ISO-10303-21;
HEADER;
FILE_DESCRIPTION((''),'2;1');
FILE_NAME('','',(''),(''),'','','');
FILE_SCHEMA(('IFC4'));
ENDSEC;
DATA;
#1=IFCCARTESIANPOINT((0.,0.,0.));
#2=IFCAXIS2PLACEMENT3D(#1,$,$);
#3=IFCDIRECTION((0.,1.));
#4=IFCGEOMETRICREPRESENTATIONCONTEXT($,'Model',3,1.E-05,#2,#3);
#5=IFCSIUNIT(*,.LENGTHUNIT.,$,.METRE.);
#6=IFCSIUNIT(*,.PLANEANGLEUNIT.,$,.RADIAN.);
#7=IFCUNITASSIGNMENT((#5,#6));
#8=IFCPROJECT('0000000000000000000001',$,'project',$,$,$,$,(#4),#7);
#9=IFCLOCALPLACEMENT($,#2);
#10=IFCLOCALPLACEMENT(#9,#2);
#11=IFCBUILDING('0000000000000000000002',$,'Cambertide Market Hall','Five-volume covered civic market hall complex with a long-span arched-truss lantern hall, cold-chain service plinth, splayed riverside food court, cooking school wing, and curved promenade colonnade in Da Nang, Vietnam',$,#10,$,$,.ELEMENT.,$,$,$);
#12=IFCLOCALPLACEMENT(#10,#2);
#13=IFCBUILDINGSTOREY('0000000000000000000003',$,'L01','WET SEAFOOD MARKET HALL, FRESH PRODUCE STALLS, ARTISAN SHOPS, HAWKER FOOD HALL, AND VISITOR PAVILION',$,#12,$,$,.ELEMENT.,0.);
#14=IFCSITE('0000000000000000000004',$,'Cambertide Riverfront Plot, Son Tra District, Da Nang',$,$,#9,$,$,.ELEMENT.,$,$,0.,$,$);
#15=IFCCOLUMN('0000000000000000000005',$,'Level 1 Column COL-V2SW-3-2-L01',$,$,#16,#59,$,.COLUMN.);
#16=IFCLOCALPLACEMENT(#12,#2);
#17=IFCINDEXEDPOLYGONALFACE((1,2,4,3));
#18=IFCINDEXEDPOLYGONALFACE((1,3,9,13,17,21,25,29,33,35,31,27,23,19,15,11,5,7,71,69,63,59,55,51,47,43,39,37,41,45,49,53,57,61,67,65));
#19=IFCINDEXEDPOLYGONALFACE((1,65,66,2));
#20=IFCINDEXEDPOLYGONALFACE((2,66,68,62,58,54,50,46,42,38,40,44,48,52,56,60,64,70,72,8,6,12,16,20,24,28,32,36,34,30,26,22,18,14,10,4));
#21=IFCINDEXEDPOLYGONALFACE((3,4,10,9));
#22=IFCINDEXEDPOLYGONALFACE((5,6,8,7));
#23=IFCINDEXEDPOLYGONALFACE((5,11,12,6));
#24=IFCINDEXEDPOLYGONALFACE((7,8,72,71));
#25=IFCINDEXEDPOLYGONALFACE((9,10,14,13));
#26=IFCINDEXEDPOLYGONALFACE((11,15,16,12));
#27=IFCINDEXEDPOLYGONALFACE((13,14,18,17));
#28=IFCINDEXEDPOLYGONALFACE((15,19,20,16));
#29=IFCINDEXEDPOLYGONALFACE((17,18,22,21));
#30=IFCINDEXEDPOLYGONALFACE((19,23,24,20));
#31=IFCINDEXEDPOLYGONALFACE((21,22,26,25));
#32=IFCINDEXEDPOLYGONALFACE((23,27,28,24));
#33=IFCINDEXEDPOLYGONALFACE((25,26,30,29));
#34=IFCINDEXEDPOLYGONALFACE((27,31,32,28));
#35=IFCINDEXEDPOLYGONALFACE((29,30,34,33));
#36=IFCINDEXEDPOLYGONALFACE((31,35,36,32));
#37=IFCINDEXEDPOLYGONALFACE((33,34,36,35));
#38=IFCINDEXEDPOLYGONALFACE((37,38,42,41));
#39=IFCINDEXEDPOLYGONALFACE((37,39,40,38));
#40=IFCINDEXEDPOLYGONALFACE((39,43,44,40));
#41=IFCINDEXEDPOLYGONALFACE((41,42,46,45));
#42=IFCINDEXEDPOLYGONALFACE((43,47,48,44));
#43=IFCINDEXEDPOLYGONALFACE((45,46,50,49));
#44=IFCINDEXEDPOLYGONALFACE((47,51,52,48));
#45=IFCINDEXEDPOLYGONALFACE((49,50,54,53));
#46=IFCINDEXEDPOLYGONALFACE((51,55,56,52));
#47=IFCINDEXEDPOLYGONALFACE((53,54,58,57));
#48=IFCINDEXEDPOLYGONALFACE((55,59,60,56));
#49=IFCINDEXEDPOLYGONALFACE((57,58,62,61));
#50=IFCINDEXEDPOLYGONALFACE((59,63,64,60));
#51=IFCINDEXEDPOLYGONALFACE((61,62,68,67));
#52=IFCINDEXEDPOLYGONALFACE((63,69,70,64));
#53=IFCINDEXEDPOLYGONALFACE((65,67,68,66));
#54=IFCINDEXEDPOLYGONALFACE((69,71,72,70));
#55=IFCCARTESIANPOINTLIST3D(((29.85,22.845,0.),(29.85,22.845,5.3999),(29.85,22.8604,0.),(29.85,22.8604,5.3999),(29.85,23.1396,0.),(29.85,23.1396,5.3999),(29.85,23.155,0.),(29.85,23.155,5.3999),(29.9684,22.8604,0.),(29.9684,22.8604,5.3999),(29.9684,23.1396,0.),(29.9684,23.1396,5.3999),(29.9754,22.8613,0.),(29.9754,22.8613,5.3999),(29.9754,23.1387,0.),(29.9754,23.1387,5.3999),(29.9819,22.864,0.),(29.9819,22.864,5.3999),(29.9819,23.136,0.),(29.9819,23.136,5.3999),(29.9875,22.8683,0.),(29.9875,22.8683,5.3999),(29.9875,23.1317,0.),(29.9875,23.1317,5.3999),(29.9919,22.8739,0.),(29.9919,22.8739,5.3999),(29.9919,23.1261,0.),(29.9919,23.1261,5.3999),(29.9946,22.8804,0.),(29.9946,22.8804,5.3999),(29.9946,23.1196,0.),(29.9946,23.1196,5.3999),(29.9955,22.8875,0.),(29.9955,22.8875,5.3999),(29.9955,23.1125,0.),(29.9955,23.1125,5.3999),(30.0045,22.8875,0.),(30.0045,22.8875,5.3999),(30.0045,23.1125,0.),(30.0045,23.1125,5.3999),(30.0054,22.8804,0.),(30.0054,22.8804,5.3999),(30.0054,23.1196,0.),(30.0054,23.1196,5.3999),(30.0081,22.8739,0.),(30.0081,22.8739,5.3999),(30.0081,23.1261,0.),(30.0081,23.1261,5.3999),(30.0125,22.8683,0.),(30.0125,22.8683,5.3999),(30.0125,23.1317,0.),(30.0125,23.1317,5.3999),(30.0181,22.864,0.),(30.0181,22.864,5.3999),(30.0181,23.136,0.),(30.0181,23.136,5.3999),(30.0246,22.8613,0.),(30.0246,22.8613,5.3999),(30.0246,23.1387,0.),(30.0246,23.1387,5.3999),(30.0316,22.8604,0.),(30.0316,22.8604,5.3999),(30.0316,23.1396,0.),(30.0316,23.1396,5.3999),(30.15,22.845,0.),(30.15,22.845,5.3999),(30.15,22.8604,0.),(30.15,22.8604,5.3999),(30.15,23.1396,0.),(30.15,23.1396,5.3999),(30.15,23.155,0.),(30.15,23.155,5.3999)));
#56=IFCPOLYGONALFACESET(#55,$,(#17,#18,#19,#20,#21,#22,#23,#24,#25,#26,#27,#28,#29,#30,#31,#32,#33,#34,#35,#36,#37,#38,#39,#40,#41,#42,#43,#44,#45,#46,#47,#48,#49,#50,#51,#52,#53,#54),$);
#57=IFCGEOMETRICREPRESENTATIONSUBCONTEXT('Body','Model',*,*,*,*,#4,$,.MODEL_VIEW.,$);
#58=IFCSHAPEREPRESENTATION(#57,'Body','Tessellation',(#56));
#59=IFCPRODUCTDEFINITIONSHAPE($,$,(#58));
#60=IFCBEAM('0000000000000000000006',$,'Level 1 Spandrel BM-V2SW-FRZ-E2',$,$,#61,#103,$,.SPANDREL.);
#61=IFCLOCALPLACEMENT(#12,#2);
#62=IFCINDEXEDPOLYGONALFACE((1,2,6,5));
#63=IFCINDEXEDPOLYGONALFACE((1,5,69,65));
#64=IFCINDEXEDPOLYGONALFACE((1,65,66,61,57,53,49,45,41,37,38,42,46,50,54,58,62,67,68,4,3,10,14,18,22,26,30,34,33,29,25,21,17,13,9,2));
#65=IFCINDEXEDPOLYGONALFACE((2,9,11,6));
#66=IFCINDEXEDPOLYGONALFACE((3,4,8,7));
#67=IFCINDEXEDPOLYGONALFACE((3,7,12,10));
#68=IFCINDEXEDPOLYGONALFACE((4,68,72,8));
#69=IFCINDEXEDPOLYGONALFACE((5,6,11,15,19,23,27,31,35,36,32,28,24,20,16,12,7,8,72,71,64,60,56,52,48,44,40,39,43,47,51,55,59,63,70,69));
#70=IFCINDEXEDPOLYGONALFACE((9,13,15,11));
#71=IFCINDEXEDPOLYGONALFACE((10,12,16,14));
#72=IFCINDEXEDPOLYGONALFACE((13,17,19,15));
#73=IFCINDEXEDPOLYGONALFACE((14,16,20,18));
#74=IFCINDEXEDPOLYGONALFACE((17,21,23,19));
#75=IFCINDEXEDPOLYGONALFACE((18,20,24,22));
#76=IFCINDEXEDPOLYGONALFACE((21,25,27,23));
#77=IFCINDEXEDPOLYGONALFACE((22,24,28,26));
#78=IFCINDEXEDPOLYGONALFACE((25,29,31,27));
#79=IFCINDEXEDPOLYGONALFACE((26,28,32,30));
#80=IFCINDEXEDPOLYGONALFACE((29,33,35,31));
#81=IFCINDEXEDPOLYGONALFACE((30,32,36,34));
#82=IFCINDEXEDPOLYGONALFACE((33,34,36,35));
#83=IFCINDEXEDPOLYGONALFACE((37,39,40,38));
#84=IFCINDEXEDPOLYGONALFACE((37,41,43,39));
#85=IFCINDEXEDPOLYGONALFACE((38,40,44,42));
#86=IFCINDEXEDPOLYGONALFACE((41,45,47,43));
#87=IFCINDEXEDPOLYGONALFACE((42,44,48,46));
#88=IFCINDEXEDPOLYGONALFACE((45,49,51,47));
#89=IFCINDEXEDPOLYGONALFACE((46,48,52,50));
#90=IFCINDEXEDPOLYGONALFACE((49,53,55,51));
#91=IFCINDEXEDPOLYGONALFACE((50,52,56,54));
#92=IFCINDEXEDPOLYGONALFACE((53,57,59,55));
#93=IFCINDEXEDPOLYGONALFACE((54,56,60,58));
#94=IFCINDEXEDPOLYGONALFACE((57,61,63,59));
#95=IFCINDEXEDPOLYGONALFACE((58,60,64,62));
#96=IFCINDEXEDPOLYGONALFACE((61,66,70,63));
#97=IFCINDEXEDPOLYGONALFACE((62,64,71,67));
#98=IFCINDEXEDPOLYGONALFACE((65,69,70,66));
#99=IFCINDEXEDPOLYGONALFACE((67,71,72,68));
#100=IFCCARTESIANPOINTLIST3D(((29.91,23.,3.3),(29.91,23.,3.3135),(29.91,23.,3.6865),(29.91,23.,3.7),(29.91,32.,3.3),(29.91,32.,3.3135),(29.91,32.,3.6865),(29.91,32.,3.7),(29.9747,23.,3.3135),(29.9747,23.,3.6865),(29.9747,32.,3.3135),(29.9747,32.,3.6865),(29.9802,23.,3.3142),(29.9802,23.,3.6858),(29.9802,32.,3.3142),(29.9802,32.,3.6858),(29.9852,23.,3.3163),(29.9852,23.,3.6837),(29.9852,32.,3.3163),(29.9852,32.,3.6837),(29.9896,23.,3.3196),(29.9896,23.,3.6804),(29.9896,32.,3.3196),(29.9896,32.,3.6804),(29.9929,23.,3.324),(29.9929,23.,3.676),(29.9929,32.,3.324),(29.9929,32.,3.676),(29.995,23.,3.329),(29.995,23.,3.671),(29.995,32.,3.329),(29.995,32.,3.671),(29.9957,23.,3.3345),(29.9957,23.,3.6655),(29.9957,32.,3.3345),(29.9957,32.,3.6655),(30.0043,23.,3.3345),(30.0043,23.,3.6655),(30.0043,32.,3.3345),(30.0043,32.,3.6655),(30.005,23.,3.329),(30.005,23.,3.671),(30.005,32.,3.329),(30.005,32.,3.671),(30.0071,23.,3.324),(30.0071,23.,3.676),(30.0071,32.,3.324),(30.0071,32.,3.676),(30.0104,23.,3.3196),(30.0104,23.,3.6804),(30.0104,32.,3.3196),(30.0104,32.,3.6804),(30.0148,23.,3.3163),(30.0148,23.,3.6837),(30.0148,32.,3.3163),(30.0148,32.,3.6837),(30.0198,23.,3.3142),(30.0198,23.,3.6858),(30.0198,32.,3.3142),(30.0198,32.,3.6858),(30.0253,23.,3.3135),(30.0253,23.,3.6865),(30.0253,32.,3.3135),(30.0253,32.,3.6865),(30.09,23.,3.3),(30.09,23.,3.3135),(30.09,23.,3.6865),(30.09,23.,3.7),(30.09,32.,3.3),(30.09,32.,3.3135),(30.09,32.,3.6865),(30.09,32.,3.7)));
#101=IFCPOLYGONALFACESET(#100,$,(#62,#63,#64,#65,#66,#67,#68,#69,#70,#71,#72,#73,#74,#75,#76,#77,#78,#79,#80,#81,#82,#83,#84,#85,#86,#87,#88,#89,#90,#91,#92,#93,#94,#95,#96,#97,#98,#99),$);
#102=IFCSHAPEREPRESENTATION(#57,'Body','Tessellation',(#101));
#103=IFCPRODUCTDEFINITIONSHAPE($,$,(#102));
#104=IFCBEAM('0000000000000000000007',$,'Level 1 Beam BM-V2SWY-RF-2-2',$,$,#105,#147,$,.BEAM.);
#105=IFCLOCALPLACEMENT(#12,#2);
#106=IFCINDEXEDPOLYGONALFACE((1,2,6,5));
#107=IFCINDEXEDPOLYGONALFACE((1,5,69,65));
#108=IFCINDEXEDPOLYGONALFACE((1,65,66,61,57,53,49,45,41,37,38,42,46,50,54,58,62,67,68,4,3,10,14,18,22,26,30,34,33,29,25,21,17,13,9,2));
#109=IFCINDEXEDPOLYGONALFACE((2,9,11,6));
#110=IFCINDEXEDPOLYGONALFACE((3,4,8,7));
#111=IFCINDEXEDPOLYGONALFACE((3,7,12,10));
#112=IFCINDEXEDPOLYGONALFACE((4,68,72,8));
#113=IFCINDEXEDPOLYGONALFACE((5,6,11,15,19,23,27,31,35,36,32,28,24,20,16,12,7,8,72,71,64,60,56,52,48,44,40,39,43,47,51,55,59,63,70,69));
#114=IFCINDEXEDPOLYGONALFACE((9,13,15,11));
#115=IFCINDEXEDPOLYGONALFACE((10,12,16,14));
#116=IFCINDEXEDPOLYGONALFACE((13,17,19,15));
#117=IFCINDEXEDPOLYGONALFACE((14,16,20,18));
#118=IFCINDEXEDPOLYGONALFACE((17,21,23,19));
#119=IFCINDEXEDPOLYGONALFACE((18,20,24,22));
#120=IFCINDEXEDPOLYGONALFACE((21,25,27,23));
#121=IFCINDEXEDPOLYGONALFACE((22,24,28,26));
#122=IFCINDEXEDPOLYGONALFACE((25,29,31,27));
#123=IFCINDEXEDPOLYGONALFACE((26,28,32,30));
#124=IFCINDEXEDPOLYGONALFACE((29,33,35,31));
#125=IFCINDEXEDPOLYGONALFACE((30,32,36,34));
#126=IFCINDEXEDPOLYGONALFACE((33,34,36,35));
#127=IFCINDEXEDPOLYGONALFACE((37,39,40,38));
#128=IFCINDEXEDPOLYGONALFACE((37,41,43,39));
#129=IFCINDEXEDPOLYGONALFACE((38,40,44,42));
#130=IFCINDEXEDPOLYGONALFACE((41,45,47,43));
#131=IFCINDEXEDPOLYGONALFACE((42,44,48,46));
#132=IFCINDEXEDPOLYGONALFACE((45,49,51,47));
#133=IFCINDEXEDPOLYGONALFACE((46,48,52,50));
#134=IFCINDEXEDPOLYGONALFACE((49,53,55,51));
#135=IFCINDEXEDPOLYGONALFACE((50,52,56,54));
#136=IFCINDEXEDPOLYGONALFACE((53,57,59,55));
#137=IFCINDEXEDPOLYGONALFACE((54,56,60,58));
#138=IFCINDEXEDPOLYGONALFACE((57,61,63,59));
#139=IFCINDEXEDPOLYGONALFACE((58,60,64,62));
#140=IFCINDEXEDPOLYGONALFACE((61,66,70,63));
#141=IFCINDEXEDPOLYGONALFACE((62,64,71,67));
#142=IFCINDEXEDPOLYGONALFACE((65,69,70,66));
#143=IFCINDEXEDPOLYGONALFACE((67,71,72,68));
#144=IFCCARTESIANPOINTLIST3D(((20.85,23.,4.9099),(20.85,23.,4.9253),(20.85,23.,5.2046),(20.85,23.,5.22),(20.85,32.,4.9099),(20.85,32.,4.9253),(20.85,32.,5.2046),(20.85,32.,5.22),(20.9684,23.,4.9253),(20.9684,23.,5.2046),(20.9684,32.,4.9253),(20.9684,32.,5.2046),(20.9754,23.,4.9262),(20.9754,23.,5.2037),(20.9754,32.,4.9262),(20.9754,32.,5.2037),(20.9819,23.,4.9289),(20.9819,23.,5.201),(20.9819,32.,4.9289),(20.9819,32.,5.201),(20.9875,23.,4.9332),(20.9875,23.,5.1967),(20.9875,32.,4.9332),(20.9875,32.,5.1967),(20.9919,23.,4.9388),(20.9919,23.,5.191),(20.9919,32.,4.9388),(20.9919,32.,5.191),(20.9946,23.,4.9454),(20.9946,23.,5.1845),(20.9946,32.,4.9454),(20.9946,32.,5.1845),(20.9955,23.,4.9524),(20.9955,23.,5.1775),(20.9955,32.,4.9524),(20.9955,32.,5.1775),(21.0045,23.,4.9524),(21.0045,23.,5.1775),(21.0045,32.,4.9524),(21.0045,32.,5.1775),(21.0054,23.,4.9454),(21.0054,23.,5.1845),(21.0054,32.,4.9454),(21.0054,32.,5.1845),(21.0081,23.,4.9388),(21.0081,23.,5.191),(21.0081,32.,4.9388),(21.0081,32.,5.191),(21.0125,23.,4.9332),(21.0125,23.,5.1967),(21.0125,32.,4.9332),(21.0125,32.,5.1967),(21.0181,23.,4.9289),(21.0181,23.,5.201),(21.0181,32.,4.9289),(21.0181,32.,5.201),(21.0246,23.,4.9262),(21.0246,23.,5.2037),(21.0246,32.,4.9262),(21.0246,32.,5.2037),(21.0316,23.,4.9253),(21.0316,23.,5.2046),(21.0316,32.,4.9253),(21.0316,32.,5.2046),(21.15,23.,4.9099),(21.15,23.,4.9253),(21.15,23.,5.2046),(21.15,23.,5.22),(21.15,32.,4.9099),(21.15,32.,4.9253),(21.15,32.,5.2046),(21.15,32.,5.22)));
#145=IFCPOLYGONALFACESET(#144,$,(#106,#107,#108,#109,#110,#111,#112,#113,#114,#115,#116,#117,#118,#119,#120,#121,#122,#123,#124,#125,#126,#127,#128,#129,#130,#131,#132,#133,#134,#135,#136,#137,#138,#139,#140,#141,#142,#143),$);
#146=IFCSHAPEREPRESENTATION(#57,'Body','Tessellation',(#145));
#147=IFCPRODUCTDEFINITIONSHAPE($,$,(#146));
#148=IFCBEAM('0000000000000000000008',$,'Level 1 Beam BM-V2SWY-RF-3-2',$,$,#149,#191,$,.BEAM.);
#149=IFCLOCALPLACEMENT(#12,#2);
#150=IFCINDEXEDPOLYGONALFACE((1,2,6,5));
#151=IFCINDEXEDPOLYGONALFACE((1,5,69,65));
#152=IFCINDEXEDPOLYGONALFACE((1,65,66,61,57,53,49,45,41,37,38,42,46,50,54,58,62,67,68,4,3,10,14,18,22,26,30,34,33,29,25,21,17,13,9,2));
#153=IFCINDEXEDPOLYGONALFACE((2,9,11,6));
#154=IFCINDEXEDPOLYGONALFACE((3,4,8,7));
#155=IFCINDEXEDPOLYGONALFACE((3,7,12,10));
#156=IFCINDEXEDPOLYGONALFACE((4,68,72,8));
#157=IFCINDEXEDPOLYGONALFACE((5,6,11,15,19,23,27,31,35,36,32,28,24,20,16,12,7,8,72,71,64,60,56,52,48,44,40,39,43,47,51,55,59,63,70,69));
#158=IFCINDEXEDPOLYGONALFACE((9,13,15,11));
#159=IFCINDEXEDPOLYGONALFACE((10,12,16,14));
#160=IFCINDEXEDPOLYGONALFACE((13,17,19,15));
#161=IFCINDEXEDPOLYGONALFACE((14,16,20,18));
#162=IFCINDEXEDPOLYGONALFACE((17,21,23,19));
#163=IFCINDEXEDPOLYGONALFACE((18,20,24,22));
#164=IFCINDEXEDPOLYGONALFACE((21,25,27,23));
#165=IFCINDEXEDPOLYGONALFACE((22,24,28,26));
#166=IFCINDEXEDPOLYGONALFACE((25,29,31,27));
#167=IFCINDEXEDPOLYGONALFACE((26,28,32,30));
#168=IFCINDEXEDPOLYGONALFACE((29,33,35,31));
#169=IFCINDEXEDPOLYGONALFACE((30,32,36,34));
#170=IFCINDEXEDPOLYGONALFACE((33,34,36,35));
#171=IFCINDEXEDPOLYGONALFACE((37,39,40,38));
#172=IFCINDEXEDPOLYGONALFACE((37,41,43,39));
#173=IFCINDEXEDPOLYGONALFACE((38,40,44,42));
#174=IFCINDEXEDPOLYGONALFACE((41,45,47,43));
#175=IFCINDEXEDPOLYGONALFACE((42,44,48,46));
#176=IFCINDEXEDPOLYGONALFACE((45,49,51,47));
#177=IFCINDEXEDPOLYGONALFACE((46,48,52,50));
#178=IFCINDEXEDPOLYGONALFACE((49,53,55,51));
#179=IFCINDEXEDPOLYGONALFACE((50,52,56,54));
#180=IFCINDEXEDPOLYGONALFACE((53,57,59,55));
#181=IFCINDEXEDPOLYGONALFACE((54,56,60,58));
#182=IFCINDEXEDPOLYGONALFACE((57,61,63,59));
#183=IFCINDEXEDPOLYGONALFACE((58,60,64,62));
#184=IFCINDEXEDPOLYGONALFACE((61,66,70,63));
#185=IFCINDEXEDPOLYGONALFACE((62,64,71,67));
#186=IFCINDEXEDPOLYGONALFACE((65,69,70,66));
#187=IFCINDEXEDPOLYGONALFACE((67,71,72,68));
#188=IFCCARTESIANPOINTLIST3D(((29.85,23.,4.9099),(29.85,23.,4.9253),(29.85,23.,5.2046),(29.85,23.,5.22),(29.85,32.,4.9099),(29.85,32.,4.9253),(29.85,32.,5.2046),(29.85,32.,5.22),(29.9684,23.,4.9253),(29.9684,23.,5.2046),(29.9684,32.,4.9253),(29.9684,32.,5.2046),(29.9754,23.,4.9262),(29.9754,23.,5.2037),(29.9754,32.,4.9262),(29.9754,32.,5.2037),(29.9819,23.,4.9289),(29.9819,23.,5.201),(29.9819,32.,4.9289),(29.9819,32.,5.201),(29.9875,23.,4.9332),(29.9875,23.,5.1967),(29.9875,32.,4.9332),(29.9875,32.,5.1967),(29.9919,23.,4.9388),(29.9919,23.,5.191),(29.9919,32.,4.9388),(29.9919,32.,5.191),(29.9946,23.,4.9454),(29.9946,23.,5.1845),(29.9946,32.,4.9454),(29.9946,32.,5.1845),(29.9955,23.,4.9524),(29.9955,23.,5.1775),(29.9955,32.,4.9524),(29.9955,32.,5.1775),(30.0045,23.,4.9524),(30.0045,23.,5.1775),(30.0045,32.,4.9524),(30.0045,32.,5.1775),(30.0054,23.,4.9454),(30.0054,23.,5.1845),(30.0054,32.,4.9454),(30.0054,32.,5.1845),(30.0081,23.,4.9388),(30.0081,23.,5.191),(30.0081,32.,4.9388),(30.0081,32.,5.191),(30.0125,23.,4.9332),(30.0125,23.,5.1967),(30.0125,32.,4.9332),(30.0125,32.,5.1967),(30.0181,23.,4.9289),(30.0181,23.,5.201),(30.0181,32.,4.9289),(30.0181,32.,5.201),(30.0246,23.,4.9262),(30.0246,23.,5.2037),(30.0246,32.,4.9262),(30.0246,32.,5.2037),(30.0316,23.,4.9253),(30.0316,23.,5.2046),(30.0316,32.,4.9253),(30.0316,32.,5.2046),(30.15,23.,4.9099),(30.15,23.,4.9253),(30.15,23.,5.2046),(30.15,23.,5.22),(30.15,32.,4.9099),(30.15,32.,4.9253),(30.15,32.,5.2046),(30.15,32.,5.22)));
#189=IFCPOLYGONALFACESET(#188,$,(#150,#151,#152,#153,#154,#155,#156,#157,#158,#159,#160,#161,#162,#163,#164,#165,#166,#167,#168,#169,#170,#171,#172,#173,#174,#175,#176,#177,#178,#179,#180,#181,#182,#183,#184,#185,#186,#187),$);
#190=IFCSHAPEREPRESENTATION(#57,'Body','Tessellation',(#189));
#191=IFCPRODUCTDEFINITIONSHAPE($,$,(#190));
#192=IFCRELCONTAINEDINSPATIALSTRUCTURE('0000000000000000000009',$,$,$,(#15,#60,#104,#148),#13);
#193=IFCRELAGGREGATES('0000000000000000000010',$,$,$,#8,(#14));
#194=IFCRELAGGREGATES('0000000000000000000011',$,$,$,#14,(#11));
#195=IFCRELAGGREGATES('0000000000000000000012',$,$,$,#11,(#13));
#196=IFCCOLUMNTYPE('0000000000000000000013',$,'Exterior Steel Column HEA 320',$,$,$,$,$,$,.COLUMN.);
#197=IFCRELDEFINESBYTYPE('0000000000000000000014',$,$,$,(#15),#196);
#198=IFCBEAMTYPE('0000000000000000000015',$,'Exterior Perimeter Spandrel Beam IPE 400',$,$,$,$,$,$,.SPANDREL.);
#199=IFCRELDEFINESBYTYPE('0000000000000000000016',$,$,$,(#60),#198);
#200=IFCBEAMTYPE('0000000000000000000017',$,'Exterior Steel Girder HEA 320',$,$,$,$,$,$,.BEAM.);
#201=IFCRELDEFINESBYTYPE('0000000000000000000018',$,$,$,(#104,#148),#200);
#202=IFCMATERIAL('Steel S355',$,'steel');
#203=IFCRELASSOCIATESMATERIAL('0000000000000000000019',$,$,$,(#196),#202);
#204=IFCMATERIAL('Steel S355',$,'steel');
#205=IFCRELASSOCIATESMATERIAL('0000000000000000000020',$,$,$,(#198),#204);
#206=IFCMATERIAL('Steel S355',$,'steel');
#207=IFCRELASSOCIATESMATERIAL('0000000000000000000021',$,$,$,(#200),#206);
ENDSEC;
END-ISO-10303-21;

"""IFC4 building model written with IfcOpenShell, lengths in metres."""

from ifc_helpers import new_model, si_unit, direction, frame, origin, origin_2d, place, context, subcontext, project, spatial, i_section, extrude, material, material_profile, profile_set, type_object, element, save


model = new_model("IFC4")

# Units and contexts
model_context = context("Model", 3, precision=1e-05, world=origin(), true_north=direction((0.0, 1.0)))
body_context = subcontext(model_context, "Body", "Model", "MODEL_VIEW")
ifc_project = project(units=[si_unit("LENGTHUNIT", "METRE"), si_unit("PLANEANGLEUNIT", "RADIAN")], contexts=[model_context])

# Site, building, storey
site_placement = place(None, origin())
site = spatial("IfcSite", under=ifc_project, at=site_placement, Name="Cambertide Riverfront Plot, Son Tra District, Da Nang", CompositionType="ELEMENT", RefElevation=0.0)
building_placement = place(site_placement, origin())
building = spatial("IfcBuilding", under=site, at=building_placement, Name="Cambertide Market Hall", Description="Five-volume covered civic market hall complex with a long-span arched-truss lantern hall, cold-chain service plinth, splayed riverside food court, cooking school wing, and curved promenade colonnade in Da Nang, Vietnam", CompositionType="ELEMENT")
storey_placement = place(building_placement, origin())
storey = spatial("IfcBuildingStorey", under=building, at=storey_placement, Name="L01", Description="WET SEAFOOD MARKET HALL, FRESH PRODUCE STALLS, ARTISAN SHOPS, HAWKER FOOD HALL, AND VISITOR PAVILION", CompositionType="ELEMENT", Elevation=0.0)

# Column
ifc_material_1 = material(Name="Steel S355", Category="steel")
ifc_material_profile_1 = material_profile(ifc_material_1, i_section(OverallWidth=0.3, OverallDepth=0.3101, WebThickness=0.009, FlangeThickness=0.0154, FilletRadius=0.0271, at=origin_2d()), Name="HEA 320")
ifc_profile_set_1 = profile_set([ifc_material_profile_1], Name="Steel S355")
column_type = type_object("IfcColumnType", Name="Exterior Steel Column HEA 320", PredefinedType="COLUMN", material=ifc_profile_set_1)
column_placement = place(storey_placement, frame((30.0, 23.0, 0.0), z_axis=(0.0, 0.0, 1.0), x_axis=(1.0, 0.0, 0.0)))
element("IfcColumn", 1, at=column_placement, inside=storey, type_object=column_type, Name="Level 1 Column COL-V2SW-3-2-L01", PredefinedType="COLUMN", context=body_context, shape_type="SweptSolid", body=[
    extrude(i_section(OverallWidth=0.3, OverallDepth=0.3101, WebThickness=0.009, FlangeThickness=0.0154, FilletRadius=0.0271, at=origin_2d()), origin(), (0.0, 0.0, 1.0), 5.3999),
])

# Beams
ifc_material_2 = material(Name="Steel S355", Category="steel")
ifc_material_profile_2 = material_profile(ifc_material_2, i_section(OverallWidth=0.1799, OverallDepth=0.3999, WebThickness=0.0085, FlangeThickness=0.0134, FilletRadius=0.021, at=origin_2d()), Name="IPE 400")
ifc_profile_set_2 = profile_set([ifc_material_profile_2], Name="Steel S355")
beam_type_1 = type_object("IfcBeamType", Name="Exterior Perimeter Spandrel Beam IPE 400", PredefinedType="SPANDREL", material=ifc_profile_set_2)
beam_1_placement = place(storey_placement, frame((30.0, 23.0, 3.5), z_axis=(0.0, 1.0, 0.0), x_axis=(-1.0, 0.0, 0.0)))
element("IfcBeam", 2, at=beam_1_placement, inside=storey, type_object=beam_type_1, Name="Level 1 Spandrel BM-V2SW-FRZ-E2", PredefinedType="SPANDREL", context=body_context, shape_type="SweptSolid", body=[
    extrude(i_section(OverallWidth=0.1799, OverallDepth=0.3999, WebThickness=0.0085, FlangeThickness=0.0134, FilletRadius=0.021, at=origin_2d()), origin(), (0.0, 0.0, 1.0), 9.0),
])
ifc_material_3 = material(Name="Steel S355", Category="steel")
ifc_material_profile_3 = material_profile(ifc_material_3, i_section(OverallWidth=0.3, OverallDepth=0.3101, WebThickness=0.009, FlangeThickness=0.0154, FilletRadius=0.0271, at=origin_2d()), Name="HEA 320")
ifc_profile_set_3 = profile_set([ifc_material_profile_3], Name="Steel S355")
beam_type_2 = type_object("IfcBeamType", Name="Exterior Steel Girder HEA 320", PredefinedType="BEAM", material=ifc_profile_set_3)
for number, where, z_axis, x_axis, name in (
    (3, (21.0, 23.0, 5.0649), (0.0, 1.0, 0.0), (-1.0, 0.0, 0.0), "Level 1 Beam BM-V2SWY-RF-2-2"),
    (4, (30.0, 23.0, 5.0649), (0.0, 1.0, 0.0), (-1.0, 0.0, 0.0), "Level 1 Beam BM-V2SWY-RF-3-2"),
):
    element("IfcBeam", number, at=place(storey_placement, frame(where, z_axis=z_axis, x_axis=x_axis)), inside=storey, type_object=beam_type_2, Name=name, PredefinedType="BEAM", context=body_context, shape_type="SweptSolid", body=[
        extrude(i_section(OverallWidth=0.3, OverallDepth=0.3101, WebThickness=0.009, FlangeThickness=0.0154, FilletRadius=0.0271, at=origin_2d()), origin(), (0.0, 0.0, 1.0), 9.0),
    ])

save(model, "model.ifc")
